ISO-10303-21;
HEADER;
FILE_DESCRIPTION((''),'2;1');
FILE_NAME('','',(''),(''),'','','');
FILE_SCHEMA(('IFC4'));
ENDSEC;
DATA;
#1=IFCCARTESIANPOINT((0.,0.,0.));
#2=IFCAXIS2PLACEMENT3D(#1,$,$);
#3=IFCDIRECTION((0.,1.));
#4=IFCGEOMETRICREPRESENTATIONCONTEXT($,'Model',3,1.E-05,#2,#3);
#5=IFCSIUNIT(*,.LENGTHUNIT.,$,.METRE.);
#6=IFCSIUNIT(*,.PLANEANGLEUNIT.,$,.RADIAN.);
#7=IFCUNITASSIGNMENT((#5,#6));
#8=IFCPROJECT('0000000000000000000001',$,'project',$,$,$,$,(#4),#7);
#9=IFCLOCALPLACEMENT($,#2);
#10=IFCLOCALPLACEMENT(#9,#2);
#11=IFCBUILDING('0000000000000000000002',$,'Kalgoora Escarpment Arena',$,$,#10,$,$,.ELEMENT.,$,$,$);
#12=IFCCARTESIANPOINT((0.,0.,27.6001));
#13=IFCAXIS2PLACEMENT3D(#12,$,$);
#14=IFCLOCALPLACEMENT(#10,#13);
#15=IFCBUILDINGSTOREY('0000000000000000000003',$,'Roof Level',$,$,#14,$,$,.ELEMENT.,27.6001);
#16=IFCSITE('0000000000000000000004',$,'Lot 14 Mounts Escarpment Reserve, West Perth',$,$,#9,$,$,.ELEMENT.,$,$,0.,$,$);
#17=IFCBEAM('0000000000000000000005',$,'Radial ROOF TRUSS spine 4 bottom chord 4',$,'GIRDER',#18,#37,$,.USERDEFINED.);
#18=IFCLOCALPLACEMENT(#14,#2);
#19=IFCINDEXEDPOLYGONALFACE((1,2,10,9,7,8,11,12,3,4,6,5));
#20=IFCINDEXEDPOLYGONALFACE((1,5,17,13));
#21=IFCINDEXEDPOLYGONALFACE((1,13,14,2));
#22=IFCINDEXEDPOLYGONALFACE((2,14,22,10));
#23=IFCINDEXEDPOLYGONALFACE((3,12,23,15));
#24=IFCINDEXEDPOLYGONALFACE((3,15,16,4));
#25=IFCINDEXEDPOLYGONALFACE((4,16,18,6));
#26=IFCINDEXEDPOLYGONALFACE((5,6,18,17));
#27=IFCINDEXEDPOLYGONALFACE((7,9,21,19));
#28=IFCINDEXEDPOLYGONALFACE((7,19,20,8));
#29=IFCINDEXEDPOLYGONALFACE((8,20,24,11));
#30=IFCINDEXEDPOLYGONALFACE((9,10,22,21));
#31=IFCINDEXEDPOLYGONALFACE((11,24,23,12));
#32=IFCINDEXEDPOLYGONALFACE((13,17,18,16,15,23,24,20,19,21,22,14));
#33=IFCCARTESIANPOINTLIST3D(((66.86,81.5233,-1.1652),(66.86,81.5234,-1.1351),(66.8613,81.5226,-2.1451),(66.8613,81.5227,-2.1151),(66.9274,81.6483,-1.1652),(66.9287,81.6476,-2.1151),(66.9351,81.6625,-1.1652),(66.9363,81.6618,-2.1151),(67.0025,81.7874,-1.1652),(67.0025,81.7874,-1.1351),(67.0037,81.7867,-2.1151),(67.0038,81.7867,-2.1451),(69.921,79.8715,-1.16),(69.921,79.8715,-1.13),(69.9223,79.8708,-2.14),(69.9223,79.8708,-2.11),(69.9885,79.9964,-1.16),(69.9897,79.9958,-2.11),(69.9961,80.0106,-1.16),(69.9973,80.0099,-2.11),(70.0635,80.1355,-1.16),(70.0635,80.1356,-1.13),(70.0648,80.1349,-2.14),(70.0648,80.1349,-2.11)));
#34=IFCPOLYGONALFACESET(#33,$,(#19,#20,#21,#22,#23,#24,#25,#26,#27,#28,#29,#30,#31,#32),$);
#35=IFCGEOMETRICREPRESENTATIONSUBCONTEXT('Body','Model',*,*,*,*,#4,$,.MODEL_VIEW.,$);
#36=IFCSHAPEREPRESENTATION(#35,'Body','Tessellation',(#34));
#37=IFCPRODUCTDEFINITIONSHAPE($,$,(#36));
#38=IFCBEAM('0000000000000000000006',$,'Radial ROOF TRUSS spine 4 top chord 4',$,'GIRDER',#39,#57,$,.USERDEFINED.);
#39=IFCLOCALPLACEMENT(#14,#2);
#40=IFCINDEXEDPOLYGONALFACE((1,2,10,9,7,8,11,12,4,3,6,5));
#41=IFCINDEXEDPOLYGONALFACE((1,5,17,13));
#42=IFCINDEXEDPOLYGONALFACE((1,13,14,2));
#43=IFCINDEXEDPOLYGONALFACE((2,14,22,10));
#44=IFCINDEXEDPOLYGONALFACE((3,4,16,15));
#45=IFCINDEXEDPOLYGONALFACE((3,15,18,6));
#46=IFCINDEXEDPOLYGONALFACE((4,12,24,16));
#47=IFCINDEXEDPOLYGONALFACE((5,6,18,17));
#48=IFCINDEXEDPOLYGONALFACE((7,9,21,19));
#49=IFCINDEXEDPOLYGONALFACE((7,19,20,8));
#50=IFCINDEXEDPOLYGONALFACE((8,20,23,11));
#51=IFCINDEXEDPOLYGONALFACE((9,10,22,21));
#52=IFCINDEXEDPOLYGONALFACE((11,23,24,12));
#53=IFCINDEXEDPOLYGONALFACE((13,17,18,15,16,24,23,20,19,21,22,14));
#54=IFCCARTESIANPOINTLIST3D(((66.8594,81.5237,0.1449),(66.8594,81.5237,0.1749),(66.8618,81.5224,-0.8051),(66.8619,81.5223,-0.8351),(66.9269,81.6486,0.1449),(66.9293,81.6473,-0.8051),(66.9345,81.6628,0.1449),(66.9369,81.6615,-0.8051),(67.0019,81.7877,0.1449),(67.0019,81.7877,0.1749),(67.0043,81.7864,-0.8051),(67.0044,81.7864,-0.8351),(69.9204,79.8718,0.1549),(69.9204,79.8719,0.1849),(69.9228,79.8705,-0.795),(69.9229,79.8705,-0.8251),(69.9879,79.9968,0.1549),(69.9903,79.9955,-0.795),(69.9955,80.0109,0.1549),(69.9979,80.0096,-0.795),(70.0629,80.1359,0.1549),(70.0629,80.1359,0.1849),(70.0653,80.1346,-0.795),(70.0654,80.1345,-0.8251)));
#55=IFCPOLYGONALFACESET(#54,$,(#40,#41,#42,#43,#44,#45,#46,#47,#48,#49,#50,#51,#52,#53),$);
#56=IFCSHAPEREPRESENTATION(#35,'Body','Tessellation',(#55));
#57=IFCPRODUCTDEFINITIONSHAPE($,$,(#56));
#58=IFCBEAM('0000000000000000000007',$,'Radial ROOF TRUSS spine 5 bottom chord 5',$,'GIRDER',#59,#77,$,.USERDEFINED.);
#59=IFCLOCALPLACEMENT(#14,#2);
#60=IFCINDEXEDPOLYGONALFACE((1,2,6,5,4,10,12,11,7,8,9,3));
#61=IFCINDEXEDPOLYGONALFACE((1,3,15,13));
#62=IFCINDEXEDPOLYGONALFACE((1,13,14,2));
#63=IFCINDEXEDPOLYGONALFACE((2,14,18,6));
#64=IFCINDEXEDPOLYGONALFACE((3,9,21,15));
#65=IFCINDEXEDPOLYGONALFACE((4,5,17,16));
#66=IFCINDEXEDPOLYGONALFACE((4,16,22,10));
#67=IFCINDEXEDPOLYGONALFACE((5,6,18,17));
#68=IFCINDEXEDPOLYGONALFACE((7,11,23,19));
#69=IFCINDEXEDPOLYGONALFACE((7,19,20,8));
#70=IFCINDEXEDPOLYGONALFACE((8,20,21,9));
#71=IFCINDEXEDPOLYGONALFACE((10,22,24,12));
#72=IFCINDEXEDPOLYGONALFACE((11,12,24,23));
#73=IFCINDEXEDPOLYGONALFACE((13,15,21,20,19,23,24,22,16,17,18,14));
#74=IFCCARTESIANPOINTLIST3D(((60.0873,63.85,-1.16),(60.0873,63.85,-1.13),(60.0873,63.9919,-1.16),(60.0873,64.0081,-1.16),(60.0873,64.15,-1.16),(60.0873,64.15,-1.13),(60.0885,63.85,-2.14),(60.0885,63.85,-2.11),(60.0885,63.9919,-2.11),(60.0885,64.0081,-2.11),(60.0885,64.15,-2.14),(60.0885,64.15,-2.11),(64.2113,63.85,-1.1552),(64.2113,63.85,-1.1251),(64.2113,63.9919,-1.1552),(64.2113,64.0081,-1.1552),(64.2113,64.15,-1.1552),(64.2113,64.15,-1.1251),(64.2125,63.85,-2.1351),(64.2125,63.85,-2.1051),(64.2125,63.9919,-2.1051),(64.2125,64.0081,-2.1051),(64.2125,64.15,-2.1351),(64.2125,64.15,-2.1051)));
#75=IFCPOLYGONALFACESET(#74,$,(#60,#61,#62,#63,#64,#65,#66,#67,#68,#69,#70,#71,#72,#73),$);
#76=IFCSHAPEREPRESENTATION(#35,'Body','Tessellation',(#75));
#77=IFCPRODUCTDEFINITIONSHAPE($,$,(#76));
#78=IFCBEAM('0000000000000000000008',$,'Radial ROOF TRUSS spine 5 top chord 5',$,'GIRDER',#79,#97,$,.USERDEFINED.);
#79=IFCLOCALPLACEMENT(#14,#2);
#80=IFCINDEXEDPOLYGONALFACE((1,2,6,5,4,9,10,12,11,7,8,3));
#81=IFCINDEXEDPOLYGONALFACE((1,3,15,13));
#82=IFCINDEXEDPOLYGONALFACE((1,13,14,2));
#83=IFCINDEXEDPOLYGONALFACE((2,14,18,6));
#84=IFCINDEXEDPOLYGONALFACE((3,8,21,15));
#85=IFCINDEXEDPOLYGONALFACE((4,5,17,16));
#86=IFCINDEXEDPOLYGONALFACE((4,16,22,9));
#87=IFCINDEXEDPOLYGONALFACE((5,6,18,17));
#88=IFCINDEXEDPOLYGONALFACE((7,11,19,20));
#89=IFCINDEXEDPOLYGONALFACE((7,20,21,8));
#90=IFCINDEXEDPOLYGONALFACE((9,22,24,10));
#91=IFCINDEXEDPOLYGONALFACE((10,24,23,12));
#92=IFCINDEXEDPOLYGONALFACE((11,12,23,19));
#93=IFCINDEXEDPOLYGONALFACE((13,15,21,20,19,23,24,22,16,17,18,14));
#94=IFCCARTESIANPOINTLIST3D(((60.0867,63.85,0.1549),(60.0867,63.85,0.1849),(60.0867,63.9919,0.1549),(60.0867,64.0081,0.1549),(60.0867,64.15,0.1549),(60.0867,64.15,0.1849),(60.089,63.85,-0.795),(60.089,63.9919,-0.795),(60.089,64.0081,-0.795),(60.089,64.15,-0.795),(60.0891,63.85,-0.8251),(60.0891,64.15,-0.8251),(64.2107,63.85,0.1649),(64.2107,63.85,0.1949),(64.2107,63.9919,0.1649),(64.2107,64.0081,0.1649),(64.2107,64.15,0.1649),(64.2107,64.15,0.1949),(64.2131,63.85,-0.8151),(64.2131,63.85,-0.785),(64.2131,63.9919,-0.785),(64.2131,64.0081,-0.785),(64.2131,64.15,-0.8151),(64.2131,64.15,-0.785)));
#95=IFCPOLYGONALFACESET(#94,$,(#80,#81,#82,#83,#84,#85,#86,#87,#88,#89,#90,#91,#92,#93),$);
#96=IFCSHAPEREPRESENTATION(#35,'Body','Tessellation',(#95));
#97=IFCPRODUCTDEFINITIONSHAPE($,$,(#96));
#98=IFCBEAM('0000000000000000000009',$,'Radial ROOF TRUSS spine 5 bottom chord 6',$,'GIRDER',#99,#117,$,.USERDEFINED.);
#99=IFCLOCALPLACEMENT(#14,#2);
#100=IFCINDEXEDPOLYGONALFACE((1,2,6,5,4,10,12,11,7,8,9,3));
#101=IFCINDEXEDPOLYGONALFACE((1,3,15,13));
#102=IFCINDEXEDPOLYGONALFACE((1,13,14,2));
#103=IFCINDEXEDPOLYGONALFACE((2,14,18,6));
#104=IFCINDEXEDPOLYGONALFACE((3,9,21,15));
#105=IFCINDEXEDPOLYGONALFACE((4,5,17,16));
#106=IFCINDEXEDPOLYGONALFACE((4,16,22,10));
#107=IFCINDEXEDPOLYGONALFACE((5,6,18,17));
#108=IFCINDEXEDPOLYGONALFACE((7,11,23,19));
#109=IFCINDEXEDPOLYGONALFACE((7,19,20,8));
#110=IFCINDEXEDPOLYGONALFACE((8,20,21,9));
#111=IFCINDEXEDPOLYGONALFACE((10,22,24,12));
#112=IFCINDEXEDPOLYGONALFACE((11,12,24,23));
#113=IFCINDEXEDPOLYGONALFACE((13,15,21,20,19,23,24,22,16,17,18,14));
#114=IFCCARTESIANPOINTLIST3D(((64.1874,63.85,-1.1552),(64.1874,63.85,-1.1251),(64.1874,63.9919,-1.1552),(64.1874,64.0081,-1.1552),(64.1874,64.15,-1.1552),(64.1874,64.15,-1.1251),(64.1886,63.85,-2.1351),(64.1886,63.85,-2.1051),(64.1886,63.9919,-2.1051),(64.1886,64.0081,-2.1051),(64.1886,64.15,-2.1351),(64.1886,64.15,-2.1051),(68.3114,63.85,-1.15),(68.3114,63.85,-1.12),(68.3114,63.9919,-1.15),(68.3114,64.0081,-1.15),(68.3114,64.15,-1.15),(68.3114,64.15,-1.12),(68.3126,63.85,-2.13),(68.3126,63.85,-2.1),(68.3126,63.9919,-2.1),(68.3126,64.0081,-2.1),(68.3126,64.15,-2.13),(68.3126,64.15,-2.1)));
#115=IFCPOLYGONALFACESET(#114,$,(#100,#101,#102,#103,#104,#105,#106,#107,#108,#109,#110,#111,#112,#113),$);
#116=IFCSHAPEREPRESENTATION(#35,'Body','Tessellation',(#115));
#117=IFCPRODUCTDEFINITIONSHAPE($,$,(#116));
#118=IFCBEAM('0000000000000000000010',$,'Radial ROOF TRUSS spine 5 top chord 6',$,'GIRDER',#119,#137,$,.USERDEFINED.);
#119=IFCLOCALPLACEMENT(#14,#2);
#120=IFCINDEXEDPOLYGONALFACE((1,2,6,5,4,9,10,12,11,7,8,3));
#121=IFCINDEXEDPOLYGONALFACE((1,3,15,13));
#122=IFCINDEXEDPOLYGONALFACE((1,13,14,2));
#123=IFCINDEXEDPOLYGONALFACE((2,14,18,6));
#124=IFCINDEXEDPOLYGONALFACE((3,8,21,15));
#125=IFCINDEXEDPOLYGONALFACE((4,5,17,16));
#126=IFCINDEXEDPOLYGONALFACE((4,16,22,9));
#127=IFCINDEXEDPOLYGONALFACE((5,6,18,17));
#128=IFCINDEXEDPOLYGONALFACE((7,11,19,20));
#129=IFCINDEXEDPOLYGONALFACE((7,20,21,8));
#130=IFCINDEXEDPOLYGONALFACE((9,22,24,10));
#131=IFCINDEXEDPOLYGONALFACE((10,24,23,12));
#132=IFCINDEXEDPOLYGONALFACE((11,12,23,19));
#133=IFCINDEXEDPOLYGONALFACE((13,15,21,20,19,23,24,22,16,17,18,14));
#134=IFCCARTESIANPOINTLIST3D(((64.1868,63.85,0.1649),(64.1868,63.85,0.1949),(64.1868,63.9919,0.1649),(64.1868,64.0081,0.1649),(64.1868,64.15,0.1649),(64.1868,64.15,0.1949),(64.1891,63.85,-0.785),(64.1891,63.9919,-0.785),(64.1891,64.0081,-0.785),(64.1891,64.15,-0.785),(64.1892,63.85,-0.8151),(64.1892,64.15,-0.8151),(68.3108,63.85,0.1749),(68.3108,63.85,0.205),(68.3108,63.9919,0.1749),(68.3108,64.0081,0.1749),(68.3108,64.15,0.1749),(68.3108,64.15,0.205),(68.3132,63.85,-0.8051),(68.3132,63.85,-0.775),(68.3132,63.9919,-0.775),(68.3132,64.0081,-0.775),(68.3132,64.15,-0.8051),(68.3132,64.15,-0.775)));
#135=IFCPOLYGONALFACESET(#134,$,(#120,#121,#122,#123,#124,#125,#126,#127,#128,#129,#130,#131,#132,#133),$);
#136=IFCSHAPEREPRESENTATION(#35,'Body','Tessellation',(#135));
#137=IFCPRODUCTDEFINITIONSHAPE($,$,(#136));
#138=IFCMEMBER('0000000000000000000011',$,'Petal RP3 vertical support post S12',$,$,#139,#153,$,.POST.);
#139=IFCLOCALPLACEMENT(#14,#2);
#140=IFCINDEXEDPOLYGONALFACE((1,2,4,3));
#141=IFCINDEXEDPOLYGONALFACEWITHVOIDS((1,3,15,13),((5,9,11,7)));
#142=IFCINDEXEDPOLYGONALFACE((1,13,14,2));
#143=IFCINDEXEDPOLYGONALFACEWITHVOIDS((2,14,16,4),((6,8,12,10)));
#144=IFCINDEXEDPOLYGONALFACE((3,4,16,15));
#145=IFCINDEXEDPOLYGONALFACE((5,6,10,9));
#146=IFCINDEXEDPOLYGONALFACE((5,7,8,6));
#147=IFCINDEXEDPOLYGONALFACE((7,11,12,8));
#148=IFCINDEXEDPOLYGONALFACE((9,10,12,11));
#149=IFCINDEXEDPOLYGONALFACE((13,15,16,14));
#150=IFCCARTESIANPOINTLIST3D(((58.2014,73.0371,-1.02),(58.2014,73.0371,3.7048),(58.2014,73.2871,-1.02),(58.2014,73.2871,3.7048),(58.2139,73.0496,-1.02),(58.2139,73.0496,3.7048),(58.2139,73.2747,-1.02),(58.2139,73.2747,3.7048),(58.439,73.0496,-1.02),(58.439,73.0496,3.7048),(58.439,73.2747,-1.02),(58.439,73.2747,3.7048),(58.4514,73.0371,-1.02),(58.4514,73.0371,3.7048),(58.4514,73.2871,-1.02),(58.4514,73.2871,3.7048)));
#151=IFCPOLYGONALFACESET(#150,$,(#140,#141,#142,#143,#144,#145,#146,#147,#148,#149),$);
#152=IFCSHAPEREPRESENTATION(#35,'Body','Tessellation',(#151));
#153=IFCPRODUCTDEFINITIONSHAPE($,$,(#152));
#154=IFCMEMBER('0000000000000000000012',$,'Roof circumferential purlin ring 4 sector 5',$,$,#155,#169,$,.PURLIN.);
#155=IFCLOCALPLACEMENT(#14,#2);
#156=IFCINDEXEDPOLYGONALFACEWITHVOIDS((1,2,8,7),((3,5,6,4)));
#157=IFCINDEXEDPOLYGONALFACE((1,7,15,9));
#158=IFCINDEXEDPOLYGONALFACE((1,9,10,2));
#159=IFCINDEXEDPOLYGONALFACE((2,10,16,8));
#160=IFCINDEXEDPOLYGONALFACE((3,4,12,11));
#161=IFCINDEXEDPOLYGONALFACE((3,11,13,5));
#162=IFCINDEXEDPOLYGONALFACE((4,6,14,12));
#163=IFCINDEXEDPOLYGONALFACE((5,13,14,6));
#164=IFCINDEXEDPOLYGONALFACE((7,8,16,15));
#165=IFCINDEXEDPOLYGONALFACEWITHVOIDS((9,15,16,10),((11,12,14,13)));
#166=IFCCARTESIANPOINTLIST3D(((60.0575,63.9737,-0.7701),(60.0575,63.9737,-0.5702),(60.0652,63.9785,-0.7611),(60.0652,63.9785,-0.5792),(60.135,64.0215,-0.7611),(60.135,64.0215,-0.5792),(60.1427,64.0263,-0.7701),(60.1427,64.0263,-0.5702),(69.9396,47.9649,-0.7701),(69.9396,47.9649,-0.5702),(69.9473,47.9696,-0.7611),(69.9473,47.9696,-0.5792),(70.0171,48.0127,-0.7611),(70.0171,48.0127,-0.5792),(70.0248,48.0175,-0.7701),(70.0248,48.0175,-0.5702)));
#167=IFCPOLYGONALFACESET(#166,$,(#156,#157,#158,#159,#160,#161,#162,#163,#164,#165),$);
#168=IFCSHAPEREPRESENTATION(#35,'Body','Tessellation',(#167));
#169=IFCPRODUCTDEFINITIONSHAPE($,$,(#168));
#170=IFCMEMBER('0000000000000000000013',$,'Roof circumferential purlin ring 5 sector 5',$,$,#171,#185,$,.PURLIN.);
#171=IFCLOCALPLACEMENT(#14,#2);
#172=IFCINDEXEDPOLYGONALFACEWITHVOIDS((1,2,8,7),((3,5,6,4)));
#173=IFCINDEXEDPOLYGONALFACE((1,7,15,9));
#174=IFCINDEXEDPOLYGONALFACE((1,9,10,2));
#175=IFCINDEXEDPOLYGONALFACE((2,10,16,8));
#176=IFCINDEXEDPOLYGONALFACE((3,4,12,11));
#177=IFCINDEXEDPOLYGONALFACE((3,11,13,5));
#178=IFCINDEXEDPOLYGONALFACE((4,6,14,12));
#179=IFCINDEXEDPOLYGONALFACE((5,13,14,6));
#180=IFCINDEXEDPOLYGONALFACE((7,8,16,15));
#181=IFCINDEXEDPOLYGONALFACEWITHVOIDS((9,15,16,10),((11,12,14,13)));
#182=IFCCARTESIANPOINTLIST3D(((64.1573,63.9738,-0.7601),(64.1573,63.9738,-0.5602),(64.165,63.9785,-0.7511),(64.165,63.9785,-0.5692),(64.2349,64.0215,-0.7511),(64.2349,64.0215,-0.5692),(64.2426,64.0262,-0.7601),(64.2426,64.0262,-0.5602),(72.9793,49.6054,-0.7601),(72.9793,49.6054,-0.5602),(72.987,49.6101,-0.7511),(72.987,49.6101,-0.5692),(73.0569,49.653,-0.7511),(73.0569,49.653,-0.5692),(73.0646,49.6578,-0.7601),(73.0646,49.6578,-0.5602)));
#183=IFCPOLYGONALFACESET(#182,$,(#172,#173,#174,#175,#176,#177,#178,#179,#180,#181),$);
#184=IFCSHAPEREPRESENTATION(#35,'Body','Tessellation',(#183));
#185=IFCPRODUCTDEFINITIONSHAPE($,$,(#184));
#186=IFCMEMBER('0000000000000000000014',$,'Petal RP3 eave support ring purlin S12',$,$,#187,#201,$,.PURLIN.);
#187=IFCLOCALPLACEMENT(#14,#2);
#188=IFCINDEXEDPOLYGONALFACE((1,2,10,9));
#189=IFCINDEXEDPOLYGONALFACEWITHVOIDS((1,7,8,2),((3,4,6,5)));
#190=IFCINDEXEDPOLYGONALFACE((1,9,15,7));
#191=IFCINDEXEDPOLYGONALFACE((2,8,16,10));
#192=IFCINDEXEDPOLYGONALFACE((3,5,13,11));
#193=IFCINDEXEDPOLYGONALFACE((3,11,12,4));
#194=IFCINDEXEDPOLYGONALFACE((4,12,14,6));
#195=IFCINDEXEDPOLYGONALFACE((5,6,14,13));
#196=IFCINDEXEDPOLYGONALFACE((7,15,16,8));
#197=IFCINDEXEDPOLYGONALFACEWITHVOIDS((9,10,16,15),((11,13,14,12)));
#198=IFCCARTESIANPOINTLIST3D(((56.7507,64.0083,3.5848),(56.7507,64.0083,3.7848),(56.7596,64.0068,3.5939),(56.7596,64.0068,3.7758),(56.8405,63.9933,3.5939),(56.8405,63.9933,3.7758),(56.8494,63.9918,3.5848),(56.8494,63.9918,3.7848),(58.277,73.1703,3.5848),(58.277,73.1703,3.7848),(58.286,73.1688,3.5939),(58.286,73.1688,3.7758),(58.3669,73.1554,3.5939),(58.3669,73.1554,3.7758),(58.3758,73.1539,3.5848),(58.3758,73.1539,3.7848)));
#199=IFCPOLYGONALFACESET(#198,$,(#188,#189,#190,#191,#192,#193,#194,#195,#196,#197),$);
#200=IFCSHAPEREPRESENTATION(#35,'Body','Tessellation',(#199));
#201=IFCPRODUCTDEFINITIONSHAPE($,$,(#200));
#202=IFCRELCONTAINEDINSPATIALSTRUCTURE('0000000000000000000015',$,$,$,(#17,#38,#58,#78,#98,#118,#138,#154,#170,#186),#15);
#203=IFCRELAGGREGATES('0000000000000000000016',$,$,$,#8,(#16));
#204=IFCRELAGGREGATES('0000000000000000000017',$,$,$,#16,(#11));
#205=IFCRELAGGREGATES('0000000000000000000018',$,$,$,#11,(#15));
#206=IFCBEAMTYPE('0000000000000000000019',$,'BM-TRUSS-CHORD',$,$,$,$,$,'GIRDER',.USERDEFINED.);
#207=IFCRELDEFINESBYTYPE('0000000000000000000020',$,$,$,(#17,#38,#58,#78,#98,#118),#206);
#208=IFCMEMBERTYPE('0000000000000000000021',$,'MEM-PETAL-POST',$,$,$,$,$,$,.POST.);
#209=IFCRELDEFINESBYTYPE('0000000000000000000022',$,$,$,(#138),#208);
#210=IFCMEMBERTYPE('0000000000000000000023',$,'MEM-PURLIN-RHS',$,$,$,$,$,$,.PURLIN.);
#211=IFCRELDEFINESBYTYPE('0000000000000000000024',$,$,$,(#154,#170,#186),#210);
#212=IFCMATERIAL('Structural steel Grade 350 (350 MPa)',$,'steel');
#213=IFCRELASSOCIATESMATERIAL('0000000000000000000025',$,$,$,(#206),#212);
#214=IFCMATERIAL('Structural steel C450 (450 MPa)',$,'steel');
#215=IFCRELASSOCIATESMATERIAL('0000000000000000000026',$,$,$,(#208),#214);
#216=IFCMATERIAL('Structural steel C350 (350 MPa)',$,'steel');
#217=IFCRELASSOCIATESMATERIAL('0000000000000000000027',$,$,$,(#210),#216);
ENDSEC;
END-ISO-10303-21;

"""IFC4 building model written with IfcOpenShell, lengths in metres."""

from ifc_helpers import new_model, si_unit, direction, frame, origin, origin_2d, place, context, subcontext, project, spatial, hollow_rectangle, i_section, extrude, material, material_profile, profile_set, type_object, element, save


model = new_model("IFC4")

# Units and contexts
model_context = context("Model", 3, precision=1e-05, world=origin(), true_north=direction((0.0, 1.0)))
body_context = subcontext(model_context, "Body", "Model", "MODEL_VIEW")
ifc_project = project(units=[si_unit("LENGTHUNIT", "METRE"), si_unit("PLANEANGLEUNIT", "RADIAN")], contexts=[model_context])

# Site, building, storey
site_placement = place(None, origin())
site = spatial("IfcSite", under=ifc_project, at=site_placement, Name="Lot 14 Mounts Escarpment Reserve, West Perth", CompositionType="ELEMENT", RefElevation=0.0)
building_placement = place(site_placement, origin())
building = spatial("IfcBuilding", under=site, at=building_placement, Name="Kalgoora Escarpment Arena", CompositionType="ELEMENT")
storey_placement = place(building_placement, frame((0.0, 0.0, 27.6001)))
storey = spatial("IfcBuildingStorey", under=building, at=storey_placement, Name="Roof Level", CompositionType="ELEMENT", Elevation=27.6001)

# Beams
ifc_material_1 = material(Name="Structural steel Grade 350 (350 MPa)", Category="steel")
ifc_material_profile_1 = material_profile(ifc_material_1, i_section(OverallWidth=0.3, OverallDepth=1.01, WebThickness=0.0161, FlangeThickness=0.03, at=origin_2d()))
ifc_profile_set_1 = profile_set([ifc_material_profile_1], Name="Structural steel Grade 350 (350 MPa)")
beam_type = type_object("IfcBeamType", Name="BM-TRUSS-CHORD", ElementType="GIRDER", PredefinedType="USERDEFINED", material=ifc_profile_set_1)
for number, where, z_axis, x_axis, name in (
    (1, (66.9319, 81.655, -1.6401), (0.880037, -0.474903, 0.001474), (0.474903, 0.880038, 0.0), "Radial ROOF TRUSS spine 4 bottom chord 4"),
    (2, (66.9319, 81.655, -0.3301), (0.880034, -0.474901, 0.002878), (0.474903, 0.880038, 0.0), "Radial ROOF TRUSS spine 4 top chord 4"),
):
    element("IfcBeam", number, at=place(storey_placement, frame(where, z_axis=z_axis, x_axis=x_axis)), inside=storey, type_object=beam_type, Name=name, ObjectType="GIRDER", PredefinedType="USERDEFINED", context=body_context, shape_type="SweptSolid", body=[
        extrude(i_section(OverallWidth=0.3, OverallDepth=1.01, WebThickness=0.0161, FlangeThickness=0.03, at=origin_2d()), origin(), (0.0, 0.0, 1.0), 3.4783),
    ])
for number, where, z_axis, x_axis, name in (
    (3, (60.0879, 64.0, -1.635), (0.999999, 0.0, 0.001184), (0.0, 1.0, 0.0), "Radial ROOF TRUSS spine 5 bottom chord 5"),
    (4, (60.0879, 64.0, -0.3201), (0.999997, 0.0, 0.002427), (0.0, 1.0, 0.0), "Radial ROOF TRUSS spine 5 top chord 5"),
    (5, (64.188, 64.0, -1.6301), (0.999999, 0.0, 0.001243), (0.0, 1.0, 0.0), "Radial ROOF TRUSS spine 5 bottom chord 6"),
    (6, (64.188, 64.0, -0.3101), (0.999997, 0.0, 0.002427), (0.0, 1.0, 0.0), "Radial ROOF TRUSS spine 5 top chord 6"),
):
    element("IfcBeam", number, at=place(storey_placement, frame(where, z_axis=z_axis, x_axis=x_axis)), inside=storey, type_object=beam_type, Name=name, ObjectType="GIRDER", PredefinedType="USERDEFINED", context=body_context, shape_type="SweptSolid", body=[
        extrude(i_section(OverallWidth=0.3, OverallDepth=1.01, WebThickness=0.0161, FlangeThickness=0.03, at=origin_2d()), origin(), (0.0, 0.0, 1.0), 4.124),
    ])

# Members
ifc_material_2 = material(Name="Structural steel C450 (450 MPa)", Category="steel")
ifc_material_profile_2 = material_profile(ifc_material_2, hollow_rectangle(XDim=0.25, YDim=0.25, WallThickness=0.0125, at=origin_2d()))
ifc_profile_set_2 = profile_set([ifc_material_profile_2], Name="Structural steel C450 (450 MPa)")
member_type_1 = type_object("IfcMemberType", Name="MEM-PETAL-POST", PredefinedType="POST", material=ifc_profile_set_2)
member_1_placement = place(storey_placement, frame((58.3264, 73.1621, -1.02), z_axis=(0.0, 0.0, 1.0), x_axis=(1.0, 0.0, 0.0)))
element("IfcMember", 7, at=member_1_placement, inside=storey, type_object=member_type_1, Name="Petal RP3 vertical support post S12", PredefinedType="POST", context=body_context, shape_type="SweptSolid", body=[
    extrude(hollow_rectangle(XDim=0.25, YDim=0.25, WallThickness=0.0125, at=origin_2d()), origin(), (0.0, 0.0, 1.0), 4.7249),
])
ifc_material_3 = material(Name="Structural steel C350 (350 MPa)", Category="steel")
ifc_material_profile_3 = material_profile(ifc_material_3, hollow_rectangle(XDim=0.1001, YDim=0.2, WallThickness=0.009, at=origin_2d()))
ifc_profile_set_3 = profile_set([ifc_material_profile_3], Name="Structural steel C350 (350 MPa)")
member_type_2 = type_object("IfcMemberType", Name="MEM-PURLIN-RHS", PredefinedType="PURLIN", material=ifc_profile_set_3)
member_2_placement = place(storey_placement, frame((60.1001, 64.0, -0.6702), z_axis=(0.525273, -0.850933, 0.0), x_axis=(0.850933, 0.525273, 0.0)))
element("IfcMember", 8, at=member_2_placement, inside=storey, type_object=member_type_2, Name="Roof circumferential purlin ring 4 sector 5", PredefinedType="PURLIN", context=body_context, shape_type="SweptSolid", body=[
    extrude(hollow_rectangle(XDim=0.1001, YDim=0.2, WallThickness=0.009, at=origin_2d()), origin(), (0.0, 0.0, 1.0), 18.8132),
])
member_3_placement = place(storey_placement, frame((64.2, 64.0, -0.6602), z_axis=(0.523234, -0.852189, 0.0), x_axis=(0.852189, 0.523234, 0.0)))
element("IfcMember", 9, at=member_3_placement, inside=storey, type_object=member_type_2, Name="Roof circumferential purlin ring 5 sector 5", PredefinedType="PURLIN", context=body_context, shape_type="SweptSolid", body=[
    extrude(hollow_rectangle(XDim=0.1001, YDim=0.2, WallThickness=0.009, at=origin_2d()), origin(), (0.0, 0.0, 1.0), 16.8606),
])
member_4_placement = place(storey_placement, frame((58.3264, 73.1621, 3.6848), z_axis=(-0.164331, -0.986405, 0.0), x_axis=(0.986405, -0.164331, 0.0)))
element("IfcMember", 10, at=member_4_placement, inside=storey, type_object=member_type_2, Name="Petal RP3 eave support ring purlin S12", PredefinedType="PURLIN", context=body_context, shape_type="SweptSolid", body=[
    extrude(hollow_rectangle(XDim=0.1001, YDim=0.2, WallThickness=0.009, at=origin_2d()), origin(), (0.0, 0.0, 1.0), 9.2883),
])

save(model, "model.ifc")
